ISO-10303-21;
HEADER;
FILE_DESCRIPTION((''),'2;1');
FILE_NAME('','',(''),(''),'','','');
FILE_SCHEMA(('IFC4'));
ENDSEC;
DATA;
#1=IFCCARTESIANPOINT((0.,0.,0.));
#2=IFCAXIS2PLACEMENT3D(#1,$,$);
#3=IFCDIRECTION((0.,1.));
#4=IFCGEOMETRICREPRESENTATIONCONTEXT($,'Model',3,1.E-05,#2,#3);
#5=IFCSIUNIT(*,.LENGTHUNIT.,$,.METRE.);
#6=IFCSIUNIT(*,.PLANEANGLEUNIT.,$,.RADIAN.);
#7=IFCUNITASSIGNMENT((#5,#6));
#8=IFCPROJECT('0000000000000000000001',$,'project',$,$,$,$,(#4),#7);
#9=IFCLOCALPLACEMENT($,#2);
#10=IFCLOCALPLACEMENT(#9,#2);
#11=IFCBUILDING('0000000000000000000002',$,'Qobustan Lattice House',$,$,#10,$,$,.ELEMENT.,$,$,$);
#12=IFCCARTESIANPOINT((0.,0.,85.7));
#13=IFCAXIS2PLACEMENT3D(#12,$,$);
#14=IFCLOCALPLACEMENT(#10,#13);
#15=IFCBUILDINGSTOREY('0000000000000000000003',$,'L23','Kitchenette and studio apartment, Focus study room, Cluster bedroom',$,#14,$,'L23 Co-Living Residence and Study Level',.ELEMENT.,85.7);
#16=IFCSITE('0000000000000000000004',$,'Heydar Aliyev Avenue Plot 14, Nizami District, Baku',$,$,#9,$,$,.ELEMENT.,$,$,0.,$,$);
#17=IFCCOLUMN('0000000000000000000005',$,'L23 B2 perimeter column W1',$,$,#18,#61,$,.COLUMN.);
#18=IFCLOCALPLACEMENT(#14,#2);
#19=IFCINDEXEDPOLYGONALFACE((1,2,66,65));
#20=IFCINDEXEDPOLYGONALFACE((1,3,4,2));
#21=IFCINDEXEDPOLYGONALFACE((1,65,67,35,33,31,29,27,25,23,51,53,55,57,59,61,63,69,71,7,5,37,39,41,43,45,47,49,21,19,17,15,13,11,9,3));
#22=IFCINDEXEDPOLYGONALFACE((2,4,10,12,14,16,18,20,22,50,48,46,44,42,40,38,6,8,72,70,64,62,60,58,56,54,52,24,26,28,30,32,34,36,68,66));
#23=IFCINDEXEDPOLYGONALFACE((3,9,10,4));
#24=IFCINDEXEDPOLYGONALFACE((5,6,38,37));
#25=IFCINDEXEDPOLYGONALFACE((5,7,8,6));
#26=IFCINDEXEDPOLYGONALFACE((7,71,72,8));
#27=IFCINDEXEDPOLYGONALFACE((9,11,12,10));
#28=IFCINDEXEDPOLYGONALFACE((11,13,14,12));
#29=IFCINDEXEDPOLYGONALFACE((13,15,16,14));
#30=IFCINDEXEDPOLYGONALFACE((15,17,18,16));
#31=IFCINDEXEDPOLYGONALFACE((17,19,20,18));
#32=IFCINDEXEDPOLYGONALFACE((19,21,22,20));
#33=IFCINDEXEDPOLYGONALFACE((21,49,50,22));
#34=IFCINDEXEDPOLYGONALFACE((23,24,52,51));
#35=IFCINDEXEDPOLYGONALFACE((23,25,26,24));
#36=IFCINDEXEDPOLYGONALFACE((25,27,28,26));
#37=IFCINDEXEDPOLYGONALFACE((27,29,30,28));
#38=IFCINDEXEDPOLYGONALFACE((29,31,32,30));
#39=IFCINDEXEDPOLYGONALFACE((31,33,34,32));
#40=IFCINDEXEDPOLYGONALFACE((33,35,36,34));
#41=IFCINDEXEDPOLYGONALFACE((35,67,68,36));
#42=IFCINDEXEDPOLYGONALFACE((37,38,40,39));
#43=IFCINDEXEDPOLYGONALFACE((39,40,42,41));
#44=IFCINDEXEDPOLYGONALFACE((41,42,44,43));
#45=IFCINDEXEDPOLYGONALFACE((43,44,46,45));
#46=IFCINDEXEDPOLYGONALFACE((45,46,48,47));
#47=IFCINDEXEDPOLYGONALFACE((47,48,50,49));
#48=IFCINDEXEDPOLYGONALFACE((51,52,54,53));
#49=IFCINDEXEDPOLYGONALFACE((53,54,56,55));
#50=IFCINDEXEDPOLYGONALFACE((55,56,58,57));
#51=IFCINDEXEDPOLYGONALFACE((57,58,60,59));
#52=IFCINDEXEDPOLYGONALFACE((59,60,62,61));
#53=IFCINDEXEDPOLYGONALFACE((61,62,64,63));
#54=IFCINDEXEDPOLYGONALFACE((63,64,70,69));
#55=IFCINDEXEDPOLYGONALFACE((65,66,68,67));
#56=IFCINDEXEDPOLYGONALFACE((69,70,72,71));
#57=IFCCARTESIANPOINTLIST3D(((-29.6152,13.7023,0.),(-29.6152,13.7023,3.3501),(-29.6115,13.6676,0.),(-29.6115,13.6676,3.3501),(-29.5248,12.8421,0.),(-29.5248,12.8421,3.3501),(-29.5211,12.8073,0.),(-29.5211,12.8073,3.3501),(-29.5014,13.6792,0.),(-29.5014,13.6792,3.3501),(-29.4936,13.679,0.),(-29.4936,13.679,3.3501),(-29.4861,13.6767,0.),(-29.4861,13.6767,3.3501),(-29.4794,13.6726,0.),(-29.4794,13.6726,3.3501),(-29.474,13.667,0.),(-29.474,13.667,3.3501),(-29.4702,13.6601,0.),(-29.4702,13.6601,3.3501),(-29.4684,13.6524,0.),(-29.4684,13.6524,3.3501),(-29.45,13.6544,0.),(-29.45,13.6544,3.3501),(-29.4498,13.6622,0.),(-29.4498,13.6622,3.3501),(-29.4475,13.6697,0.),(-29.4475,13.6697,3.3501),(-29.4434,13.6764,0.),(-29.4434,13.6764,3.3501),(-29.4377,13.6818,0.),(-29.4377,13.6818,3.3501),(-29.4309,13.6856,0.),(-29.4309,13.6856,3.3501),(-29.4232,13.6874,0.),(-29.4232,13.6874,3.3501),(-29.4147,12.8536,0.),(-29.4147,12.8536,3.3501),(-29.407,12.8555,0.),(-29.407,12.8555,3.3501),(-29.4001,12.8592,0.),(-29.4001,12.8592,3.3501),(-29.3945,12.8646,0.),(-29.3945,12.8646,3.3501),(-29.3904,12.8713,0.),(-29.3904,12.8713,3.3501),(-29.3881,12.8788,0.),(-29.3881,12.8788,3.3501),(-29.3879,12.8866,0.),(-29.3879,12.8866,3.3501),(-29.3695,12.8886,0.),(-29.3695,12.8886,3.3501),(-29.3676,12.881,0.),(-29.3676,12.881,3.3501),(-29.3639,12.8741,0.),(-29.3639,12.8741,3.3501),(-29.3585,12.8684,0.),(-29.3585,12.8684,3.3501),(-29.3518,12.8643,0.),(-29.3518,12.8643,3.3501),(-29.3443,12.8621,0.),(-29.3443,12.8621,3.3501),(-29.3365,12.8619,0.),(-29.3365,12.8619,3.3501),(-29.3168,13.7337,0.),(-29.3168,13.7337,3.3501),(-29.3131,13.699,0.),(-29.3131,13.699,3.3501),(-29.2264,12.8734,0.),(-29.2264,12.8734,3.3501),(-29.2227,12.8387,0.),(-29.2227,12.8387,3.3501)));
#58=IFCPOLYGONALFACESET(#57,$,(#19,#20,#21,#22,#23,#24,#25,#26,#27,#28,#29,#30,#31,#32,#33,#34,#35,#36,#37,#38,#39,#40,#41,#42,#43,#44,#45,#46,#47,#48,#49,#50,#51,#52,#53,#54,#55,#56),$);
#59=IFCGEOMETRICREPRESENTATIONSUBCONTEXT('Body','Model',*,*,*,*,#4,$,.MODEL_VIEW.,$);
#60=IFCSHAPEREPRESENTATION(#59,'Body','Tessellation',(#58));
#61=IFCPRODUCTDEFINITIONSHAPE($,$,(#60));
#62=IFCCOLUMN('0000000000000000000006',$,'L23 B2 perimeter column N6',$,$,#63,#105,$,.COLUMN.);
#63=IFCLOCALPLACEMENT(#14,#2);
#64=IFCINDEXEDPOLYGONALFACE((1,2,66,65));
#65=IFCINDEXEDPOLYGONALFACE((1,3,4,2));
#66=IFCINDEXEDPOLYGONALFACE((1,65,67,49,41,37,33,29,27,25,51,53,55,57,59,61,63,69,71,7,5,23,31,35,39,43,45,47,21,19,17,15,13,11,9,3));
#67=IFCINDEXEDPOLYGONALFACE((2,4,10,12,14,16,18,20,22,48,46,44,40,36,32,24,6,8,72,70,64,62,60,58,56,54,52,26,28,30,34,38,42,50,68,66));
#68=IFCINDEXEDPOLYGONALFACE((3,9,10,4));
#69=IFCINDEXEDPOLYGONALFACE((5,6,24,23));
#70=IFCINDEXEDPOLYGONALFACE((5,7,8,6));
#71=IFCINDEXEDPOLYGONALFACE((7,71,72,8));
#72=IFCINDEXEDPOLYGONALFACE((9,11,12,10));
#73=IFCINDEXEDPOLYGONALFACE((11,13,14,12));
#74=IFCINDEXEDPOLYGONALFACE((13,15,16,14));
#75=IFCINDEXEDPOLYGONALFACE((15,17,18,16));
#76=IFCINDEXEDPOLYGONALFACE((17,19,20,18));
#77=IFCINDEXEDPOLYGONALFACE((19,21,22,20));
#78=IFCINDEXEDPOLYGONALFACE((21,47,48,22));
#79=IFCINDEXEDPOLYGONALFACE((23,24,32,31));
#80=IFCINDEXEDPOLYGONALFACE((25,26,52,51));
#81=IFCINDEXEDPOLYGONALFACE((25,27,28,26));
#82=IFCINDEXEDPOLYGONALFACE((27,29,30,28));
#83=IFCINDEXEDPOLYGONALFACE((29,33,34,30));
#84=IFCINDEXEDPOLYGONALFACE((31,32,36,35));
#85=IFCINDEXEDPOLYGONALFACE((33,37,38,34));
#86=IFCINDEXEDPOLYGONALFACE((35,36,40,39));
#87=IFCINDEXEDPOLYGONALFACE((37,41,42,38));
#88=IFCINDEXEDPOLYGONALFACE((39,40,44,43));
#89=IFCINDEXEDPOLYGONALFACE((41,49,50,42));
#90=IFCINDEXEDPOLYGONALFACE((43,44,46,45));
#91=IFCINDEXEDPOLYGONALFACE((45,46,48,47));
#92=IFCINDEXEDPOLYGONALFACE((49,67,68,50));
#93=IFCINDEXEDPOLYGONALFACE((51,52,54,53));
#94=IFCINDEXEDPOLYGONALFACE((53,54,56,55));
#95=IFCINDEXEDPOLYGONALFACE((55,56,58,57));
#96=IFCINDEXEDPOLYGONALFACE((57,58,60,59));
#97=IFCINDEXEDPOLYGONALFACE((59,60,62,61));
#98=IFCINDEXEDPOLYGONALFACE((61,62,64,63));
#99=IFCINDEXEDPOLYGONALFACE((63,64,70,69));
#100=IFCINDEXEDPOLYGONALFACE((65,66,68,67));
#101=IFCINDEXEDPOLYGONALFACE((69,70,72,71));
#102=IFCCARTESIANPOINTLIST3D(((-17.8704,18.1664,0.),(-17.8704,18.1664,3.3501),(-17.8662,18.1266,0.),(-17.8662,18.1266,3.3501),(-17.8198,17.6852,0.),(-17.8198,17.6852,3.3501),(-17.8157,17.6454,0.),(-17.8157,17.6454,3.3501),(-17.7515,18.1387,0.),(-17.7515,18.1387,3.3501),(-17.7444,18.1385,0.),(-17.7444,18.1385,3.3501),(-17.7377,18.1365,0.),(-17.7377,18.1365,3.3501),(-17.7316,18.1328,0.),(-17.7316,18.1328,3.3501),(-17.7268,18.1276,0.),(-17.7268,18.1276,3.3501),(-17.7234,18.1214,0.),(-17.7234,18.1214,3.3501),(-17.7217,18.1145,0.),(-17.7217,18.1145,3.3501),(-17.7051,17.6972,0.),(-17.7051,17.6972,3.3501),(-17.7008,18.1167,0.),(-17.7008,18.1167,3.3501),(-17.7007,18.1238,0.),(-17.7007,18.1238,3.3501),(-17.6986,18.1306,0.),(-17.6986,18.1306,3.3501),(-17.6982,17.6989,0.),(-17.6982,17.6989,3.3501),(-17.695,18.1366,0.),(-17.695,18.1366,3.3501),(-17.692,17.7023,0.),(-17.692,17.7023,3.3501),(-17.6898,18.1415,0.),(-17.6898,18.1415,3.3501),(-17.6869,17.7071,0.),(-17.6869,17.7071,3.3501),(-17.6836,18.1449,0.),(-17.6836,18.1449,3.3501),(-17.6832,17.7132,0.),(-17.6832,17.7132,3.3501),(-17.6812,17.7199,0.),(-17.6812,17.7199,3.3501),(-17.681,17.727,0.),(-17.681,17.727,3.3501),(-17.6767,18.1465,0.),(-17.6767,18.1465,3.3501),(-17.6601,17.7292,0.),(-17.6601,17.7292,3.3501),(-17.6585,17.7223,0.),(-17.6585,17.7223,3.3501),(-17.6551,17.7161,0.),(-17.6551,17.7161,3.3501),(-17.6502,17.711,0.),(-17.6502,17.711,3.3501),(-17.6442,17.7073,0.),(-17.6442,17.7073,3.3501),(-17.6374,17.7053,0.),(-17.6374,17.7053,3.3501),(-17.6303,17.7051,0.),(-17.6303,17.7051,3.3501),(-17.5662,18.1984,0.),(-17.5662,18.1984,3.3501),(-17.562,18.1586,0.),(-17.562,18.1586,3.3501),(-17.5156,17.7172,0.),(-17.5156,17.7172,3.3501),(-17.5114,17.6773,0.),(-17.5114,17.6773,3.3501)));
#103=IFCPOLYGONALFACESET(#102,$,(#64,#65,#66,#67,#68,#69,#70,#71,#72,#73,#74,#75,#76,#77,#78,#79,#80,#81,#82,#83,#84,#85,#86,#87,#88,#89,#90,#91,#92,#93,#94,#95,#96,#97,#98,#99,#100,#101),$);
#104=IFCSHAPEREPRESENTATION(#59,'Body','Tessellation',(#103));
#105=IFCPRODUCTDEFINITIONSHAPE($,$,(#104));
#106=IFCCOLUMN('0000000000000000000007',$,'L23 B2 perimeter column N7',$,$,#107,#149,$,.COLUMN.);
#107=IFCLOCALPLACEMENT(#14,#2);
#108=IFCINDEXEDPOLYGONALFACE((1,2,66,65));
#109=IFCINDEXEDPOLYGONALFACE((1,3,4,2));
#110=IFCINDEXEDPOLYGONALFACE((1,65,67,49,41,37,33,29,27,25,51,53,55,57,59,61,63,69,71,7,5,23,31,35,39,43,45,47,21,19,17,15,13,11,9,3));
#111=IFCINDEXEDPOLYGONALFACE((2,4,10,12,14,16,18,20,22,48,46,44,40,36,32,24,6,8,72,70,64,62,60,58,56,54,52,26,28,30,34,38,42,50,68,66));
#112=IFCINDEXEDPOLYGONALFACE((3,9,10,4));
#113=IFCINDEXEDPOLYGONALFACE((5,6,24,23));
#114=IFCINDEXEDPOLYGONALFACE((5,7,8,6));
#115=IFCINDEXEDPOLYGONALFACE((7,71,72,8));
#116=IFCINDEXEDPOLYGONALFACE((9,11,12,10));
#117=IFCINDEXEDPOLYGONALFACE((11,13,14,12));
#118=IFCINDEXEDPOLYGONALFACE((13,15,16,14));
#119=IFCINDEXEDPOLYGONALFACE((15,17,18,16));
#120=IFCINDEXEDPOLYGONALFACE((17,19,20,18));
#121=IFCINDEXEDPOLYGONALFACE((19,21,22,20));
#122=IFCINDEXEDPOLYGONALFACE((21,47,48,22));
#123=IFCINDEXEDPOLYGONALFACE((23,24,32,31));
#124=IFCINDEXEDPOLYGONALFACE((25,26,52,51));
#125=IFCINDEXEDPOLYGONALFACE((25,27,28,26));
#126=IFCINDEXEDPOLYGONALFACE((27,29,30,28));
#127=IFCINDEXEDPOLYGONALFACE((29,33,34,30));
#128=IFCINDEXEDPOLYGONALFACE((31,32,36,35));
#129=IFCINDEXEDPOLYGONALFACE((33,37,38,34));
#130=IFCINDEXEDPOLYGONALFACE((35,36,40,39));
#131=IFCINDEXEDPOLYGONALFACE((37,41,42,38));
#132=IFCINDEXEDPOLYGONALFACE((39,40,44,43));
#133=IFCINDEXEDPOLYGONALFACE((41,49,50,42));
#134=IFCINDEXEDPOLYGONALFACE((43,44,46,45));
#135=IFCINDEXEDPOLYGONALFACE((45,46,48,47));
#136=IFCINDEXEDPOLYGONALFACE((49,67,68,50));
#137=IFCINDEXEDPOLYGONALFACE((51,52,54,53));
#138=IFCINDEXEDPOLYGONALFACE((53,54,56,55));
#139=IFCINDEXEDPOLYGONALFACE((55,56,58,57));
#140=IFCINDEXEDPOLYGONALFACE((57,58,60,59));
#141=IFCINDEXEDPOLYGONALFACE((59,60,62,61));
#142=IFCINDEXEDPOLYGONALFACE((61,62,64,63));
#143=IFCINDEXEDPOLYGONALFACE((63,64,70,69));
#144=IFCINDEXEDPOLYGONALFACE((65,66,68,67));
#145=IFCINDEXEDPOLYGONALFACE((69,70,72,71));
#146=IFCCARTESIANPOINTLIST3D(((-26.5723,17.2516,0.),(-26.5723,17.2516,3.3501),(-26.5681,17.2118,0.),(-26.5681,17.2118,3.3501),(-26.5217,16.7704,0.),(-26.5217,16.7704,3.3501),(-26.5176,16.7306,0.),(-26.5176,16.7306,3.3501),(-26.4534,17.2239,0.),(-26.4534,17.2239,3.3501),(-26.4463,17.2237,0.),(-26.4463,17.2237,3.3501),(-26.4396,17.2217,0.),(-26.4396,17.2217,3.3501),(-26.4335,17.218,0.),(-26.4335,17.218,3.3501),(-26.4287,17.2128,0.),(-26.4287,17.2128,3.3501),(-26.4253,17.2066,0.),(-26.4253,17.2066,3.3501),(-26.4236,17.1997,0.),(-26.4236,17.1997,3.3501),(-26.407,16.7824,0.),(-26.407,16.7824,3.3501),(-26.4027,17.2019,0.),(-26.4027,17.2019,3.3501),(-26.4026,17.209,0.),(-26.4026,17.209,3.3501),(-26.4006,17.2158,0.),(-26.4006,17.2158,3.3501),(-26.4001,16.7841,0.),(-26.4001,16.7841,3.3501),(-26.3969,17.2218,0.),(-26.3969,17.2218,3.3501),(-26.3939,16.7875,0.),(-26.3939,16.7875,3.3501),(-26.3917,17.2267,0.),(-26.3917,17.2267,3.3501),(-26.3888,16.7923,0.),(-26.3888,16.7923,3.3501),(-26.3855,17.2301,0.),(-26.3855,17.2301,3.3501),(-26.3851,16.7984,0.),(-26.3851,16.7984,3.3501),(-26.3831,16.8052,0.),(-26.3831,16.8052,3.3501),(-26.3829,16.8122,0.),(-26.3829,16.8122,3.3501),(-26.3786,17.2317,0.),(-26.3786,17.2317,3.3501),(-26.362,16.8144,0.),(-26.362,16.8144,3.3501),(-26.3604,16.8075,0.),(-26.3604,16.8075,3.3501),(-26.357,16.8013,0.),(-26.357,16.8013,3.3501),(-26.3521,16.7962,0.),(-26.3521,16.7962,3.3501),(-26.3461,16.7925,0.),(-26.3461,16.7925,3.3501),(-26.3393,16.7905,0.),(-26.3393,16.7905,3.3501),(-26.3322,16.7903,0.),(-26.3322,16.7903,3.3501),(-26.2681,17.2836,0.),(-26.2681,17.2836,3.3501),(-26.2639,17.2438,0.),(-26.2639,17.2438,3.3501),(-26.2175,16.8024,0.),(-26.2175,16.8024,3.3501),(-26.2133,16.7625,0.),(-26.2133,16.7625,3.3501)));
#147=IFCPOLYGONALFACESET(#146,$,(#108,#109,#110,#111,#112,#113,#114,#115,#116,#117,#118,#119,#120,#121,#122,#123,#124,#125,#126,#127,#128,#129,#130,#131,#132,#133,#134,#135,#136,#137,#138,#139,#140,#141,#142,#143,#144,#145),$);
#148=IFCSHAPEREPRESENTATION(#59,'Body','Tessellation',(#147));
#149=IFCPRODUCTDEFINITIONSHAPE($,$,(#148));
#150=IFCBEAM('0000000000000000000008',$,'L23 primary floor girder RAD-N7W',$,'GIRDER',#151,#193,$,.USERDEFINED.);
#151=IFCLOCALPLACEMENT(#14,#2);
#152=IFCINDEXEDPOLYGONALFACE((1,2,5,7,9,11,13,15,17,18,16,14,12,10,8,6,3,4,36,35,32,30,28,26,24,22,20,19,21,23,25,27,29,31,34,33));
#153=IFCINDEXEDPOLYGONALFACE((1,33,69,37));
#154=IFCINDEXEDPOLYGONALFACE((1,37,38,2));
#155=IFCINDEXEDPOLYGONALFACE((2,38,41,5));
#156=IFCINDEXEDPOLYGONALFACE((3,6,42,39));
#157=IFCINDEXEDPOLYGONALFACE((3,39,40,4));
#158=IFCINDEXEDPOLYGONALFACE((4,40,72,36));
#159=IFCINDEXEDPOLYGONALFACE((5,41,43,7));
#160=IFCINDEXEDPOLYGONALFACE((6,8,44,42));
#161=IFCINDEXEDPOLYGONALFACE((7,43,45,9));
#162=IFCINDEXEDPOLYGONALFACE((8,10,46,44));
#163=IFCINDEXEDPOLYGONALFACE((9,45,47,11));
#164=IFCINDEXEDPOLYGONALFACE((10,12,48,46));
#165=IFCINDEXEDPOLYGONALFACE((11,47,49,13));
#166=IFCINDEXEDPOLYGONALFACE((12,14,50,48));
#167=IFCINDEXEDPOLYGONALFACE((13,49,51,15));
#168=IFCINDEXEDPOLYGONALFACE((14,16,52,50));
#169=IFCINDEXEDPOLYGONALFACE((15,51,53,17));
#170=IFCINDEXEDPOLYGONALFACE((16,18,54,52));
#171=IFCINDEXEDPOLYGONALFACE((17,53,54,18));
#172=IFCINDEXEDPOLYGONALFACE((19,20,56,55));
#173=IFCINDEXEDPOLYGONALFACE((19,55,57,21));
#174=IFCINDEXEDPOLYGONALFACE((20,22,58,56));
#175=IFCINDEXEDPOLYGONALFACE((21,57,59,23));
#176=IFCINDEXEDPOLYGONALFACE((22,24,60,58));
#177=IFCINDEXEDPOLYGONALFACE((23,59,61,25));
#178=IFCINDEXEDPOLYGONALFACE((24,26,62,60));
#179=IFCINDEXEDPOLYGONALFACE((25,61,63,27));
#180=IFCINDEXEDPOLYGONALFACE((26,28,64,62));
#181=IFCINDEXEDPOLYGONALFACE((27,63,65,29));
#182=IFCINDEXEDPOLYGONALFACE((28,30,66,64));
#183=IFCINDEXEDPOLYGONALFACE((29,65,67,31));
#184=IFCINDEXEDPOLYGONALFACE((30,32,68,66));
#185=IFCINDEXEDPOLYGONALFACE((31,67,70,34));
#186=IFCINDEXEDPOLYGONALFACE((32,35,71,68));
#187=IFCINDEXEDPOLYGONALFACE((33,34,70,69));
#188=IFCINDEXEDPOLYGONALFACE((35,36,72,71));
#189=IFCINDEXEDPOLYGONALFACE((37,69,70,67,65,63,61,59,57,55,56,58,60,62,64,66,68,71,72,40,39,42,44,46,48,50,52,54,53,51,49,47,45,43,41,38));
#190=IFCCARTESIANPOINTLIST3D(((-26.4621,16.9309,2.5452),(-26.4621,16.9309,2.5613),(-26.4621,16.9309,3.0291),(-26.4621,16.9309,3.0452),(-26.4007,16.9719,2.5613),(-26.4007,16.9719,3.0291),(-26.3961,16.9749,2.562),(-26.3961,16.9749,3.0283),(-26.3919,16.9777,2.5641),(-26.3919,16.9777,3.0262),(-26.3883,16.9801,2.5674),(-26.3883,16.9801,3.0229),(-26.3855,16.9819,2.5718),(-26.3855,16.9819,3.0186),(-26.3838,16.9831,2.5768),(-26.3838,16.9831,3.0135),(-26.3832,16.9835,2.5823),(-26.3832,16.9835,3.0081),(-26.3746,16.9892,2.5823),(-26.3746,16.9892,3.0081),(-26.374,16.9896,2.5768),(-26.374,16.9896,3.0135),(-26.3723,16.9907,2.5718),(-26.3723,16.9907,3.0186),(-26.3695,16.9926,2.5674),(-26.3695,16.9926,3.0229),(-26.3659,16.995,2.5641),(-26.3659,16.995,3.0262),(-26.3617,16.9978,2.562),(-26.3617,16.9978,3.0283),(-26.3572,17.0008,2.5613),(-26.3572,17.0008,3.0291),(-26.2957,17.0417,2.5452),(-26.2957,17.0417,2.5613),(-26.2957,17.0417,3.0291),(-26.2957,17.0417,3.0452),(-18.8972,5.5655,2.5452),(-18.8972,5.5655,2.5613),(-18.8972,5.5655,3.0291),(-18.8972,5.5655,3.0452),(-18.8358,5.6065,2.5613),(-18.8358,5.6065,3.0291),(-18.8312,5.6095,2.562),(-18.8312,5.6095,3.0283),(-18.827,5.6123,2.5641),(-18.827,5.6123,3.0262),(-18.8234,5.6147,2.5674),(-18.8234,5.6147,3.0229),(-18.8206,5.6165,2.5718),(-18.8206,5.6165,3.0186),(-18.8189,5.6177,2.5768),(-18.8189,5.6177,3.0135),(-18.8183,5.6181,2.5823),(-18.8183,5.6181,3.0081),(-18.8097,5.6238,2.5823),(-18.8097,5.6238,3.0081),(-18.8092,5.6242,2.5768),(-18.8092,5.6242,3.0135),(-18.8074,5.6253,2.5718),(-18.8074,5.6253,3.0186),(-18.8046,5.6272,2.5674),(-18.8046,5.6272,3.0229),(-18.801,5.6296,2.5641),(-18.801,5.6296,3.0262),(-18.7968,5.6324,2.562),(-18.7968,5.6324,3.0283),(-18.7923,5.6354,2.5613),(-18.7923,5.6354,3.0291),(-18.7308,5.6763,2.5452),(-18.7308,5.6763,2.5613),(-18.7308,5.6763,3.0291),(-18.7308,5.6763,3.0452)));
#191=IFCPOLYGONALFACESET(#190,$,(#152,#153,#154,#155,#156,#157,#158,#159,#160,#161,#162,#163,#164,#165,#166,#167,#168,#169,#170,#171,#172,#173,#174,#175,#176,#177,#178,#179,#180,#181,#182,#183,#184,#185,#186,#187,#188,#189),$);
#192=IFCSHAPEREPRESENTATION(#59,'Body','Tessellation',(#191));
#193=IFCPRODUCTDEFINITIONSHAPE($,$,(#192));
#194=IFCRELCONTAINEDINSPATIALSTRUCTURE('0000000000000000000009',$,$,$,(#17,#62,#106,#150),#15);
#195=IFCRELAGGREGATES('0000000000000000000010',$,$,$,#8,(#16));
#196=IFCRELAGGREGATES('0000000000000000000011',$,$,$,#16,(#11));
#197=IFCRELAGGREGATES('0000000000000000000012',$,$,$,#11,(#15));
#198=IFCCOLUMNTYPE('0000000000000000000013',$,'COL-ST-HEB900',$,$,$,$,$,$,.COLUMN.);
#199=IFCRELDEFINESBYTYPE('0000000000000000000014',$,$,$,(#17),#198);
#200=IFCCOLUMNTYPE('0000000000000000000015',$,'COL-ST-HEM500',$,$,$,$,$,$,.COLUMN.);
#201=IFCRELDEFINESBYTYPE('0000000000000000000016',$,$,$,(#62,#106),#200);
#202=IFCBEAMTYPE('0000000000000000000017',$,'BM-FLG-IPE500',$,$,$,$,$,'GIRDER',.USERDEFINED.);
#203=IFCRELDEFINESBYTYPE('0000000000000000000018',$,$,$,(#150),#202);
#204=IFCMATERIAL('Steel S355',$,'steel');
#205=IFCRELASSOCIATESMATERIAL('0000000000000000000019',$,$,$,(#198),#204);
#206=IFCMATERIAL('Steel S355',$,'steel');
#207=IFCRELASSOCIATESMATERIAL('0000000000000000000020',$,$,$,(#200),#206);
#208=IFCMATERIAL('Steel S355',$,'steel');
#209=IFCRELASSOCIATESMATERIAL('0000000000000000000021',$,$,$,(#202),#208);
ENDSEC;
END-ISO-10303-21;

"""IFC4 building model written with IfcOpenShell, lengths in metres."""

from ifc_helpers import new_model, si_unit, direction, frame, origin, origin_2d, place, context, subcontext, project, spatial, i_section, extrude, material, material_profile, profile_set, type_object, element, save


model = new_model("IFC4")

# Units and contexts
model_context = context("Model", 3, precision=1e-05, world=origin(), true_north=direction((0.0, 1.0)))
body_context = subcontext(model_context, "Body", "Model", "MODEL_VIEW")
ifc_project = project(units=[si_unit("LENGTHUNIT", "METRE"), si_unit("PLANEANGLEUNIT", "RADIAN")], contexts=[model_context])

# Site, building, storey
site_placement = place(None, origin())
site = spatial("IfcSite", under=ifc_project, at=site_placement, Name="Heydar Aliyev Avenue Plot 14, Nizami District, Baku", CompositionType="ELEMENT", RefElevation=0.0)
building_placement = place(site_placement, origin())
building = spatial("IfcBuilding", under=site, at=building_placement, Name="Qobustan Lattice House", CompositionType="ELEMENT")
storey_placement = place(building_placement, frame((0.0, 0.0, 85.7)))
storey = spatial("IfcBuildingStorey", under=building, at=storey_placement, Name="L23", Description="Kitchenette and studio apartment, Focus study room, Cluster bedroom", LongName="L23 Co-Living Residence and Study Level", CompositionType="ELEMENT", Elevation=85.7)

# Columns
ifc_material_1 = material(Name="Steel S355", Category="steel")
ifc_material_profile_1 = material_profile(ifc_material_1, i_section(OverallWidth=0.3, OverallDepth=0.8999, WebThickness=0.0186, FlangeThickness=0.0349, FilletRadius=0.03, at=origin_2d()), Name="HEB900")
ifc_profile_set_1 = profile_set([ifc_material_profile_1], Name="Steel S355")
column_type_1 = type_object("IfcColumnType", Name="COL-ST-HEB900", PredefinedType="COLUMN", material=ifc_profile_set_1)
column_placement = place(storey_placement, frame((-29.4189, 13.2705, 0.0), z_axis=(0.0, 0.0, 1.0), x_axis=(0.994522, 0.104528, 0.0)))
element("IfcColumn", 1, at=column_placement, inside=storey, type_object=column_type_1, Name="L23 B2 perimeter column W1", PredefinedType="COLUMN", context=body_context, shape_type="SweptSolid", body=[
    extrude(i_section(OverallWidth=0.3, OverallDepth=0.8999, WebThickness=0.0186, FlangeThickness=0.0349, FilletRadius=0.03, at=origin_2d()), origin(), (0.0, 0.0, 1.0), 3.3501),
])
ifc_material_2 = material(Name="Steel S355", Category="steel")
ifc_material_profile_2 = material_profile(ifc_material_2, i_section(OverallWidth=0.3059, OverallDepth=0.5239, WebThickness=0.021, FlangeThickness=0.04, FilletRadius=0.0271, at=origin_2d()), Name="HEM500")
ifc_profile_set_2 = profile_set([ifc_material_profile_2], Name="Steel S355")
column_type_2 = type_object("IfcColumnType", Name="COL-ST-HEM500", PredefinedType="COLUMN", material=ifc_profile_set_2)
for number, where, z_axis, x_axis, name in (
    (2, (-17.6909, 17.9219, 0.0), (0.0, 0.0, 1.0), (0.994522, 0.104528, 0.0), "L23 B2 perimeter column N6"),
    (3, (-26.3928, 17.0071, 0.0), (0.0, 0.0, 1.0), (0.994522, 0.104528, 0.0), "L23 B2 perimeter column N7"),
):
    element("IfcColumn", number, at=place(storey_placement, frame(where, z_axis=z_axis, x_axis=x_axis)), inside=storey, type_object=column_type_2, Name=name, PredefinedType="COLUMN", context=body_context, shape_type="SweptSolid", body=[
        extrude(i_section(OverallWidth=0.3059, OverallDepth=0.5239, WebThickness=0.021, FlangeThickness=0.04, FilletRadius=0.0271, at=origin_2d()), origin(), (0.0, 0.0, 1.0), 3.3501),
    ])

# Beam
ifc_material_3 = material(Name="Steel S355", Category="steel")
ifc_material_profile_3 = material_profile(ifc_material_3, i_section(OverallWidth=0.2, OverallDepth=0.5, WebThickness=0.0103, FlangeThickness=0.0161, FilletRadius=0.021, at=origin_2d()), Name="IPE500")
ifc_profile_set_3 = profile_set([ifc_material_profile_3], Name="Steel S355")
beam_type_1 = type_object("IfcBeamType", Name="BM-FLG-IPE500", ElementType="GIRDER", PredefinedType="USERDEFINED", material=ifc_profile_set_3)
beam_1_placement = place(storey_placement, frame((-26.3789, 16.9863, 2.7952), z_axis=(0.554089, -0.832457, 0.0), x_axis=(0.832457, 0.554089, 0.0)))
element("IfcBeam", 4, at=beam_1_placement, inside=storey, type_object=beam_type_1, Name="L23 primary floor girder RAD-N7W", ObjectType="GIRDER", PredefinedType="USERDEFINED", context=body_context, shape_type="SweptSolid", body=[
    extrude(i_section(OverallWidth=0.2, OverallDepth=0.5, WebThickness=0.0103, FlangeThickness=0.0161, FilletRadius=0.021, at=origin_2d()), origin(), (0.0, 0.0, 1.0), 13.6528),
])

save(model, "model.ifc")
